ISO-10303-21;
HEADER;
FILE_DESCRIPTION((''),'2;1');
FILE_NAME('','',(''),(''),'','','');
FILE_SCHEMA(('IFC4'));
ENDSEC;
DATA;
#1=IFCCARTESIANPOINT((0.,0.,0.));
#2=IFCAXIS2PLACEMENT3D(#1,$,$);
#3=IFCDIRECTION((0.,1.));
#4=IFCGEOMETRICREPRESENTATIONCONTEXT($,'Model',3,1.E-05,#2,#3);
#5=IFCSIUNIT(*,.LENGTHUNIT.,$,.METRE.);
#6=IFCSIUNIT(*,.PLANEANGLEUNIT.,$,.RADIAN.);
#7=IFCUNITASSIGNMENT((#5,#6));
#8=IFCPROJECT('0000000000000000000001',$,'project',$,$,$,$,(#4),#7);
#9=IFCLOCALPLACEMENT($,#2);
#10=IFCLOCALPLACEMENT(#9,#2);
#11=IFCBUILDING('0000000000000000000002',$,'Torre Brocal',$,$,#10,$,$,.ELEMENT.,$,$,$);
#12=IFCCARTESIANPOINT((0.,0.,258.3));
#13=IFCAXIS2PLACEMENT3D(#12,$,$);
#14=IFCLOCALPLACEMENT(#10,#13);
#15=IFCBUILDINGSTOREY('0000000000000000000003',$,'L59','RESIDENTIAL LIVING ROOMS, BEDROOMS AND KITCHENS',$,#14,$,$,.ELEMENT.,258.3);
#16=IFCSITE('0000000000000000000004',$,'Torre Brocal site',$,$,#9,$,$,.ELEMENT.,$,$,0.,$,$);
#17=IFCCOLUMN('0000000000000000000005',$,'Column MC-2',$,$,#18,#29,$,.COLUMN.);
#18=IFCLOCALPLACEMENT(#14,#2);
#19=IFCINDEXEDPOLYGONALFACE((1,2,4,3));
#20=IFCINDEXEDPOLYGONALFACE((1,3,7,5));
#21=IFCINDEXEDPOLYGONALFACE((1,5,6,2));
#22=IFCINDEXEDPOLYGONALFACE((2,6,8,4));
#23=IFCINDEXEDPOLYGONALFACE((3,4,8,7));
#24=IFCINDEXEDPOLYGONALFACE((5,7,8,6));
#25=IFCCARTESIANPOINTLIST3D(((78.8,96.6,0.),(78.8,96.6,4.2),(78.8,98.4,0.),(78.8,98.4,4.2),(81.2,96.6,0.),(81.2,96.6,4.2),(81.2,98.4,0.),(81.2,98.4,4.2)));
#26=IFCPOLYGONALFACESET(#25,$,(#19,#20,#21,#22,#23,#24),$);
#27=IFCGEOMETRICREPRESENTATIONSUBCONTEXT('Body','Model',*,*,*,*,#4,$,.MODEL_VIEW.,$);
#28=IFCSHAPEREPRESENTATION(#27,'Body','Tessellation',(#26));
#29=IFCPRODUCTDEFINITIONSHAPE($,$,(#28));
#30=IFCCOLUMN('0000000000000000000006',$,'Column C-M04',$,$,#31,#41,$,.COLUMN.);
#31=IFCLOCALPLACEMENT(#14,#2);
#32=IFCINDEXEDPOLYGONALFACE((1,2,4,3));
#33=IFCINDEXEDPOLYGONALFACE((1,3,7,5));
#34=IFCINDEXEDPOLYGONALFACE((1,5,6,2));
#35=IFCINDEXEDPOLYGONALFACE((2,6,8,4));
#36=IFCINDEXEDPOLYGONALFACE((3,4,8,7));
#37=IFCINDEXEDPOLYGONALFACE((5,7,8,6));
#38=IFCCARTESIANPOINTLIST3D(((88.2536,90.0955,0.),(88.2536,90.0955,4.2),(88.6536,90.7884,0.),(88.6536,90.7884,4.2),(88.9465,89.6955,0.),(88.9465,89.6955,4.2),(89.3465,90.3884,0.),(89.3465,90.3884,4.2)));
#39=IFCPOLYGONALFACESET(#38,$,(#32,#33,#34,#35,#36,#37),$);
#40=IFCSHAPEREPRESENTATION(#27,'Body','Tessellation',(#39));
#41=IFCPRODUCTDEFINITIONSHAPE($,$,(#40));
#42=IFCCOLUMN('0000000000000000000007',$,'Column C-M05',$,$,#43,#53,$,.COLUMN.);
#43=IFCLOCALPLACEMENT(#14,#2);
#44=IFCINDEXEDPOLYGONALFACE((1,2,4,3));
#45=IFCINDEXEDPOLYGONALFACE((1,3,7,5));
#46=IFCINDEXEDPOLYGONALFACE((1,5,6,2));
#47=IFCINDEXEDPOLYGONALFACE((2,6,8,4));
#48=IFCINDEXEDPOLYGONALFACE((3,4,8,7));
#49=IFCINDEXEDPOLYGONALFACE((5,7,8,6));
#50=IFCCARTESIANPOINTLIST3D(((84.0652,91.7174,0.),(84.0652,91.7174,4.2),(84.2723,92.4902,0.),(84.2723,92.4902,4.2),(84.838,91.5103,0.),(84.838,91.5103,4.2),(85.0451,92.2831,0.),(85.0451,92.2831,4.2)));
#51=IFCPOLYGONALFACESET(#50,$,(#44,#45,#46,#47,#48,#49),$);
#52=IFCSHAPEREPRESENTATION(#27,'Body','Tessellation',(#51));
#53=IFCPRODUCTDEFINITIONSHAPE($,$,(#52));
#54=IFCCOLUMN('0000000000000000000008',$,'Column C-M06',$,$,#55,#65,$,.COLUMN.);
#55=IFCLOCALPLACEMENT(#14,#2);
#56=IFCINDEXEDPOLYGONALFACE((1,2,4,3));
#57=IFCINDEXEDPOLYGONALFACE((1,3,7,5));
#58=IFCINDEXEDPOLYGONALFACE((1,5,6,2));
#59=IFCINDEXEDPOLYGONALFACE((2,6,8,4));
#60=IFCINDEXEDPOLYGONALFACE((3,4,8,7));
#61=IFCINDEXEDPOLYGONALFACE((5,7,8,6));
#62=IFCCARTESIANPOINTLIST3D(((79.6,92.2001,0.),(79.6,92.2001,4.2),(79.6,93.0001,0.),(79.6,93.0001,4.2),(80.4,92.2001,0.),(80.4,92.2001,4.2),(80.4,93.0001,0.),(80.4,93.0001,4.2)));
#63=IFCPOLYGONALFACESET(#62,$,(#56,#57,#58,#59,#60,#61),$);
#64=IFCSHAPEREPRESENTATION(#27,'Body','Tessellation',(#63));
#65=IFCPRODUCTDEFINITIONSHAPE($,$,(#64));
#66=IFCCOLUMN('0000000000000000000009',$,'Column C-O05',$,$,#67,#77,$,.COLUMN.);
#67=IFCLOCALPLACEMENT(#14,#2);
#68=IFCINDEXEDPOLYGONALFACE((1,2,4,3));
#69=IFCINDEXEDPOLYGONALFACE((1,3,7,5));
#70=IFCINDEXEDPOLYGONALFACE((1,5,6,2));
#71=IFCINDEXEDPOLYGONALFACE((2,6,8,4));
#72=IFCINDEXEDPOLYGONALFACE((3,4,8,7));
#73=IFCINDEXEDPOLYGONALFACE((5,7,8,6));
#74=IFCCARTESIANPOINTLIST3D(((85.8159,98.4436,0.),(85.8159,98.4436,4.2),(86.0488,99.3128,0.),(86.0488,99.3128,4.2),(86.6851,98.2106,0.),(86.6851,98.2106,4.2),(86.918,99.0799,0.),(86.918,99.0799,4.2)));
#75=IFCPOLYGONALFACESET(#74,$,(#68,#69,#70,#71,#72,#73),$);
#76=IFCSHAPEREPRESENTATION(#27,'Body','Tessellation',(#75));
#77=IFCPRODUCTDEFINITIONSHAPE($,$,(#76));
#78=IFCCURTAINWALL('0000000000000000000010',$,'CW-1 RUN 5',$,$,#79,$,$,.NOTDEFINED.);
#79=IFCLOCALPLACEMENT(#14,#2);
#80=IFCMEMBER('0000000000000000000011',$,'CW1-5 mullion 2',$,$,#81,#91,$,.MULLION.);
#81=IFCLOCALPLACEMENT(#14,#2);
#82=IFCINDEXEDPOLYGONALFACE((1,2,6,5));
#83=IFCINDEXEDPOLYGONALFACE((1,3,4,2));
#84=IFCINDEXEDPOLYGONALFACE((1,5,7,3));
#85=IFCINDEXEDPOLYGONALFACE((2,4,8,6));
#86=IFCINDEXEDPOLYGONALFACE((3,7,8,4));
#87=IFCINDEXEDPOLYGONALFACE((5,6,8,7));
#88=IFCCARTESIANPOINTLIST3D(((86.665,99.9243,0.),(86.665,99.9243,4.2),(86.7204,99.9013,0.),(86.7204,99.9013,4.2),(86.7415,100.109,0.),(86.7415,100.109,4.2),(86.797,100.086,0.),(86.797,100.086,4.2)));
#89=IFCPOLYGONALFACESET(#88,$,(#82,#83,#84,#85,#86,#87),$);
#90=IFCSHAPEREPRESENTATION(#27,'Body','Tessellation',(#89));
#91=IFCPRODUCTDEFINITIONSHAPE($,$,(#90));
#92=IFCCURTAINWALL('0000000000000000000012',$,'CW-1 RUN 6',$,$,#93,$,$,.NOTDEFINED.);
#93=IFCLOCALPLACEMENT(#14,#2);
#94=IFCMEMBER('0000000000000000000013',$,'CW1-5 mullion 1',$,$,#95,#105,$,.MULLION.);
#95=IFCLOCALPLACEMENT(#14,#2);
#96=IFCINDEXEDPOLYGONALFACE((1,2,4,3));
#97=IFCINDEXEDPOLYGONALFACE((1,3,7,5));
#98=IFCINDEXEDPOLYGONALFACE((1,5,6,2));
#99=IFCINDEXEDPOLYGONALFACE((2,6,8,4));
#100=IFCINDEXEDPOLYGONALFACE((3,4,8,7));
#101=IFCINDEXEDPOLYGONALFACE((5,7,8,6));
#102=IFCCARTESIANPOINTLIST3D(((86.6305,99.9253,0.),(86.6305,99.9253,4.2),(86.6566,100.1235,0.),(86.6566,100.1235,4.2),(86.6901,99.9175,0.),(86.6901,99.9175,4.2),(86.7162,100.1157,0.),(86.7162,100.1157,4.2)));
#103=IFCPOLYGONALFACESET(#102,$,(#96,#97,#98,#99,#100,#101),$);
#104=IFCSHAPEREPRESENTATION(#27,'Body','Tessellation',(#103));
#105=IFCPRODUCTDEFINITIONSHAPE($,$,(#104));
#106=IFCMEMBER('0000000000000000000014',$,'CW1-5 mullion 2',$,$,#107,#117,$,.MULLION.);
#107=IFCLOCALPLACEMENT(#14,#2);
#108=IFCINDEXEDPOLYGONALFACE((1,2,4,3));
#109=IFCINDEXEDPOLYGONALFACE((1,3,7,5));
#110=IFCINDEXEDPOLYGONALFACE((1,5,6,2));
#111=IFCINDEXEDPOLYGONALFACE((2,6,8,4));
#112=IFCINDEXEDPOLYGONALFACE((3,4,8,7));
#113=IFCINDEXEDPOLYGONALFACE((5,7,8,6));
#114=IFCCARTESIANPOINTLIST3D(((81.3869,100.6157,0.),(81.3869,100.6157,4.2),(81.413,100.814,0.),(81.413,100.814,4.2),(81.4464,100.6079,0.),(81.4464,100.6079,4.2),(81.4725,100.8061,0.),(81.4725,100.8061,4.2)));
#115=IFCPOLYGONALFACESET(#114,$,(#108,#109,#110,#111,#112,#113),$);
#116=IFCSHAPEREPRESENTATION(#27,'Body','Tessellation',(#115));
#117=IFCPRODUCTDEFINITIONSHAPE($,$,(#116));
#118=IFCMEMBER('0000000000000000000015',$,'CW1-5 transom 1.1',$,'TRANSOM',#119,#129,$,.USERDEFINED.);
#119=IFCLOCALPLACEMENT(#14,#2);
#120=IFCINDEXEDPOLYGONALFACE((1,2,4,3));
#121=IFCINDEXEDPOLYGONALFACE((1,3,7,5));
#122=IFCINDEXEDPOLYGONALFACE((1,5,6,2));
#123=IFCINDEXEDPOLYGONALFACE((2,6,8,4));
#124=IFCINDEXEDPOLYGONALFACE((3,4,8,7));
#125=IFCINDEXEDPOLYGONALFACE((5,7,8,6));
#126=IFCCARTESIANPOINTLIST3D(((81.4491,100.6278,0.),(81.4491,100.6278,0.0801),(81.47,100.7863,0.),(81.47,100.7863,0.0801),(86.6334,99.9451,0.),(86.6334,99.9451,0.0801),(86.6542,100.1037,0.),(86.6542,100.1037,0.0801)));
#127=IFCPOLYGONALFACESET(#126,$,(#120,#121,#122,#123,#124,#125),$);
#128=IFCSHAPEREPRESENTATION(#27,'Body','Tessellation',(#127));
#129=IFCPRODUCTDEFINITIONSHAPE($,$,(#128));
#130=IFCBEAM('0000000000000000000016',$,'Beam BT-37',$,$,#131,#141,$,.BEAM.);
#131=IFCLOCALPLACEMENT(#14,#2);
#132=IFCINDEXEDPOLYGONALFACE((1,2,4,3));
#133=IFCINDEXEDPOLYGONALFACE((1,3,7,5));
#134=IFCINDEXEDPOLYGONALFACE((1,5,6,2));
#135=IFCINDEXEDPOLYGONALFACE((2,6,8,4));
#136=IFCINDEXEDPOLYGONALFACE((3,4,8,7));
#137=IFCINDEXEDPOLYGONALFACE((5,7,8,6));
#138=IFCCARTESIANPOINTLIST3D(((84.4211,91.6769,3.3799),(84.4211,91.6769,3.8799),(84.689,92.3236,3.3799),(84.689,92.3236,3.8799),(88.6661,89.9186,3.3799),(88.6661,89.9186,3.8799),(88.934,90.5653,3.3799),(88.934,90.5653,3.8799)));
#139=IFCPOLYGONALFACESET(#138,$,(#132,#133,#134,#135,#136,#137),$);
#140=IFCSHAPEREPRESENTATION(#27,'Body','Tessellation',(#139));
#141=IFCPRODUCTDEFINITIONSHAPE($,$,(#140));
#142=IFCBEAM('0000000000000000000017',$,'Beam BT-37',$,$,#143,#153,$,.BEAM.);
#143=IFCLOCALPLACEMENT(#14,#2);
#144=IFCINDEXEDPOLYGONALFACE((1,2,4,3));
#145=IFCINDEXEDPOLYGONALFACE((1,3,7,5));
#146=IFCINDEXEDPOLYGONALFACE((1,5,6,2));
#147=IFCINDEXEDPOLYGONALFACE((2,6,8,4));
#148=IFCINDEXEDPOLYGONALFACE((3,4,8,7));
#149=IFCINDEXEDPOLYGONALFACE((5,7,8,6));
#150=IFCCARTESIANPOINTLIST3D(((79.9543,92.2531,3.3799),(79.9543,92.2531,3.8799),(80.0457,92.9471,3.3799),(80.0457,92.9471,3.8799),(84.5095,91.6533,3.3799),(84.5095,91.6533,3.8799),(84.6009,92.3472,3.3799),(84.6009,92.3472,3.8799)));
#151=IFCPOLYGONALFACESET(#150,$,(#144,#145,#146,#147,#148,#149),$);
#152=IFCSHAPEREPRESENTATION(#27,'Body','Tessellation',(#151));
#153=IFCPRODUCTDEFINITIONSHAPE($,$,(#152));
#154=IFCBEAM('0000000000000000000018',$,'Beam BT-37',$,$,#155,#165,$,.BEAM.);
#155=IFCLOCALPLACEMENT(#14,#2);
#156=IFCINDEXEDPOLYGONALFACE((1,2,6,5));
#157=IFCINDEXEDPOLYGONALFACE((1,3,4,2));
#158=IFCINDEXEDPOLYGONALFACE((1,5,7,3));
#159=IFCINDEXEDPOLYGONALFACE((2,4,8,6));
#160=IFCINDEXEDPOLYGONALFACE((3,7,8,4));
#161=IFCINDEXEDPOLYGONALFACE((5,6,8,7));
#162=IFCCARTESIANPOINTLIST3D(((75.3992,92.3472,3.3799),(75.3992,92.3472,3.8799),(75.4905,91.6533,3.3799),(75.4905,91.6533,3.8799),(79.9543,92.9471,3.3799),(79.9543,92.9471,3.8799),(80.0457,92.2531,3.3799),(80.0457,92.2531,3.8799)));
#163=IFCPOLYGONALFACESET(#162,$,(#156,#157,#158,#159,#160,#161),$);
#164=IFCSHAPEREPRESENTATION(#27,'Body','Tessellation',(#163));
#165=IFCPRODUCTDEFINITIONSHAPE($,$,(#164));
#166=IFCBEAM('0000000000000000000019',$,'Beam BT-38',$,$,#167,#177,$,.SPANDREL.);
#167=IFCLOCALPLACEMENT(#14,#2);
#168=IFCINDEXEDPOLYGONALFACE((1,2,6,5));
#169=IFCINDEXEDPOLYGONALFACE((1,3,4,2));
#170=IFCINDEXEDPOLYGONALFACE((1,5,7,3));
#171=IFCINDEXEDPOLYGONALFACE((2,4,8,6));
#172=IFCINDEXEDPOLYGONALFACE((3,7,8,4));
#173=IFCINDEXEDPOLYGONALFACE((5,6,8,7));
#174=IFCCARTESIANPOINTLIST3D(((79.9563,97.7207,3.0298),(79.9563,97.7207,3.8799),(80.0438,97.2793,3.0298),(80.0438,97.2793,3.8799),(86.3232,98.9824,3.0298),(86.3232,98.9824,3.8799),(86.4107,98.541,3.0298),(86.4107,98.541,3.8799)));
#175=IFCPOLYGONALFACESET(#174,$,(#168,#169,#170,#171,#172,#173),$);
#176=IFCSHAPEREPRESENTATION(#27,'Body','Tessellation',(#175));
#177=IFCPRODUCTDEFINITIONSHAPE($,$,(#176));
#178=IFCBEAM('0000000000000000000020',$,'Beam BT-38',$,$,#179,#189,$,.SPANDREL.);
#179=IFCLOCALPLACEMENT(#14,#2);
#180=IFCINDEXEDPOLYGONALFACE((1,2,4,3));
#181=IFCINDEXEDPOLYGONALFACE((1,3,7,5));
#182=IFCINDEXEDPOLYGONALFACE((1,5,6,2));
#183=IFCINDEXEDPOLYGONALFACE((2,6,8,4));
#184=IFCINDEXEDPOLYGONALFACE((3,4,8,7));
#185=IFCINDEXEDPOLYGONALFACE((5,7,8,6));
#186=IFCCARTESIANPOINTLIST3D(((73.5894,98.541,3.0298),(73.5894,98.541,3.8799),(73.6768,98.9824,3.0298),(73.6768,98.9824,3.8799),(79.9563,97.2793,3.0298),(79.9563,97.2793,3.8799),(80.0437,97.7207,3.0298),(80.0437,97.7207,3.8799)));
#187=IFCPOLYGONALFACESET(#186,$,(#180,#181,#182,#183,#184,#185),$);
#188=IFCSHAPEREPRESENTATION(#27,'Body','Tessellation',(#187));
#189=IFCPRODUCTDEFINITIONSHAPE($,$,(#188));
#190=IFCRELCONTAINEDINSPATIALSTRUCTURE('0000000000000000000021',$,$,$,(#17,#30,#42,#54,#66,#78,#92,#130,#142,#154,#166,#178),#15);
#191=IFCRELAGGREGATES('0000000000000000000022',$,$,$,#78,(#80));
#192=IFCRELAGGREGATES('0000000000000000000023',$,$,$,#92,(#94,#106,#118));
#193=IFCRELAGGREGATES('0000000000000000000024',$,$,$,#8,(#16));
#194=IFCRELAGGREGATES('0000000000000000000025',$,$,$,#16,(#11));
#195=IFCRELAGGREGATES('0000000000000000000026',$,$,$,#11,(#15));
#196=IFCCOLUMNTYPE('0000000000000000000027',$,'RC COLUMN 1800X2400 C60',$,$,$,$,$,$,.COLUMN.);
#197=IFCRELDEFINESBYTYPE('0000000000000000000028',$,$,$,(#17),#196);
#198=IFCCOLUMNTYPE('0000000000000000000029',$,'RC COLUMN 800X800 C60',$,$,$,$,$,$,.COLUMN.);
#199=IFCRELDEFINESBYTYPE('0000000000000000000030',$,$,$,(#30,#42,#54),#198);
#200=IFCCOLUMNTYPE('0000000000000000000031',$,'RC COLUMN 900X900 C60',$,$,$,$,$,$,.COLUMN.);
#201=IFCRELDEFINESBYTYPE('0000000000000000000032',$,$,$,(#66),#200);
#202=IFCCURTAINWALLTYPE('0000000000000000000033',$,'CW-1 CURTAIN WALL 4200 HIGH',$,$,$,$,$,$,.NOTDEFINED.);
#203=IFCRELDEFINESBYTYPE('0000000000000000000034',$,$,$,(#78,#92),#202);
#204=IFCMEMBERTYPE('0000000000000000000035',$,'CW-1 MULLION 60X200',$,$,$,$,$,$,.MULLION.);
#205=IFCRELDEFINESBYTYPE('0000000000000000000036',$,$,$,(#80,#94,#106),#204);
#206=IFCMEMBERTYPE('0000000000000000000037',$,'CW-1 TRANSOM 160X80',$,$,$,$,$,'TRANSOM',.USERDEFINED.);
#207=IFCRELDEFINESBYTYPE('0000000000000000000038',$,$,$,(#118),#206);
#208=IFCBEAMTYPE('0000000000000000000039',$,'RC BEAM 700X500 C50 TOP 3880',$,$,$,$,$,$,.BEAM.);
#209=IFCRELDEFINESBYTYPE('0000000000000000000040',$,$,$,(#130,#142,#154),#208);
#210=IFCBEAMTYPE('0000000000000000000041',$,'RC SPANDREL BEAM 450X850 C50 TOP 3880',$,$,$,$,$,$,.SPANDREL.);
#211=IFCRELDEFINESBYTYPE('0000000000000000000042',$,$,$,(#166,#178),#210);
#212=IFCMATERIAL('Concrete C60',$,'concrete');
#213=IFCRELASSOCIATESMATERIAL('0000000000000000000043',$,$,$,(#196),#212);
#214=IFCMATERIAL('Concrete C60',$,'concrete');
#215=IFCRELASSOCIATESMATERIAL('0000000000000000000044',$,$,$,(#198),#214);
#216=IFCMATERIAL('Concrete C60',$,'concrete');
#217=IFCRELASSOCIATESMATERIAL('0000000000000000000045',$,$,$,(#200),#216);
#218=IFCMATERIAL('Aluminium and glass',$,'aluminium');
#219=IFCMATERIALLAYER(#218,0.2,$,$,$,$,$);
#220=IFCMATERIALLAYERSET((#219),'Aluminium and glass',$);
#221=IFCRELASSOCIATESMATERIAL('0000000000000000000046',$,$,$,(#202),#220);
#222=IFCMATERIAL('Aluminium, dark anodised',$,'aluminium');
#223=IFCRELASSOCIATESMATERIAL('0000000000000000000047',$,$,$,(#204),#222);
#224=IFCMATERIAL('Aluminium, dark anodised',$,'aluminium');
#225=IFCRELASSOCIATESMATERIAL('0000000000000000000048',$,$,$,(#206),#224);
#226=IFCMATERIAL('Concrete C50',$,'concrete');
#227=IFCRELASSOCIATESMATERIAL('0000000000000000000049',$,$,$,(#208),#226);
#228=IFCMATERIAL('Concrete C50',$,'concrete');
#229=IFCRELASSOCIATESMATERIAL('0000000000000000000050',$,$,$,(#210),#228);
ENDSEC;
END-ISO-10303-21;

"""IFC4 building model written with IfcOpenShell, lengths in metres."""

from ifc_helpers import new_model, si_unit, direction, frame, origin, origin_2d, place, context, subcontext, project, spatial, rectangle, extrude, material, layer, layer_set, material_profile, profile_set, type_object, element, aggregate, save


model = new_model("IFC4")

# Units and contexts
model_context = context("Model", 3, precision=1e-05, world=origin(), true_north=direction((0.0, 1.0)))
body_context = subcontext(model_context, "Body", "Model", "MODEL_VIEW")
ifc_project = project(units=[si_unit("LENGTHUNIT", "METRE"), si_unit("PLANEANGLEUNIT", "RADIAN")], contexts=[model_context])

# Site, building, storey
site_placement = place(None, origin())
site = spatial("IfcSite", under=ifc_project, at=site_placement, Name="Torre Brocal site", CompositionType="ELEMENT", RefElevation=0.0)
building_placement = place(site_placement, origin())
building = spatial("IfcBuilding", under=site, at=building_placement, Name="Torre Brocal", CompositionType="ELEMENT")
storey_placement = place(building_placement, frame((0.0, 0.0, 258.3)))
storey = spatial("IfcBuildingStorey", under=building, at=storey_placement, Name="L59", Description="RESIDENTIAL LIVING ROOMS, BEDROOMS AND KITCHENS", CompositionType="ELEMENT", Elevation=258.3)

# Columns
ifc_material_1 = material(Name="Concrete C60", Category="concrete")
ifc_material_profile_1 = material_profile(ifc_material_1, rectangle(XDim=1.8, YDim=2.3999, at=origin_2d()), Name="RC 1800X2400")
ifc_profile_set_1 = profile_set([ifc_material_profile_1], Name="Concrete C60")
column_type_1 = type_object("IfcColumnType", Name="RC COLUMN 1800X2400 C60", PredefinedType="COLUMN", material=ifc_profile_set_1)
column_1_placement = place(storey_placement, frame((80.0, 97.5, 0.0), z_axis=(0.0, 0.0, 1.0), x_axis=(0.0, 1.0, 0.0)))
element("IfcColumn", 1, at=column_1_placement, inside=storey, type_object=column_type_1, Name="Column MC-2", PredefinedType="COLUMN", context=body_context, shape_type="SweptSolid", body=[
    extrude(rectangle(XDim=1.8, YDim=2.3999, at=origin_2d()), origin(), (0.0, 0.0, 1.0), 4.2),
])
ifc_material_2 = material(Name="Concrete C60", Category="concrete")
ifc_material_profile_2 = material_profile(ifc_material_2, rectangle(XDim=0.8, YDim=0.8, at=origin_2d()), Name="RC 800X800")
ifc_profile_set_2 = profile_set([ifc_material_profile_2], Name="Concrete C60")
column_type_2 = type_object("IfcColumnType", Name="RC COLUMN 800X800 C60", PredefinedType="COLUMN", material=ifc_profile_set_2)
for number, where, z_axis, x_axis, name in (
    (2, (88.8, 90.2419, 0.0), (0.0, 0.0, 1.0), (0.5, 0.866025, 0.0), "Column C-M04"),
    (3, (84.5552, 92.0002, 0.0), (0.0, 0.0, 1.0), (0.258819, 0.965926, 0.0), "Column C-M05"),
    (4, (80.0, 92.6001, 0.0), (0.0, 0.0, 1.0), (0.0, 1.0, 0.0), "Column C-M06"),
):
    element("IfcColumn", number, at=place(storey_placement, frame(where, z_axis=z_axis, x_axis=x_axis)), inside=storey, type_object=column_type_2, Name=name, PredefinedType="COLUMN", context=body_context, shape_type="SweptSolid", body=[
        extrude(rectangle(XDim=0.8, YDim=0.8, at=origin_2d()), origin(), (0.0, 0.0, 1.0), 4.2),
    ])
ifc_material_3 = material(Name="Concrete C60", Category="concrete")
ifc_material_profile_3 = material_profile(ifc_material_3, rectangle(XDim=0.8999, YDim=0.8999, at=origin_2d()), Name="RC 900X900")
ifc_profile_set_3 = profile_set([ifc_material_profile_3], Name="Concrete C60")
column_type_3 = type_object("IfcColumnType", Name="RC COLUMN 900X900 C60", PredefinedType="COLUMN", material=ifc_profile_set_3)
column_2_placement = place(storey_placement, frame((86.3669, 98.7617, 0.0), z_axis=(0.0, 0.0, 1.0), x_axis=(0.258819, 0.965926, 0.0)))
element("IfcColumn", 5, at=column_2_placement, inside=storey, type_object=column_type_3, Name="Column C-O05", PredefinedType="COLUMN", context=body_context, shape_type="SweptSolid", body=[
    extrude(rectangle(XDim=0.8999, YDim=0.8999, at=origin_2d()), origin(), (0.0, 0.0, 1.0), 4.2),
])

# Curtain wall, member
ifc_material_4 = material(Name="Aluminium and glass", Category="aluminium")
ifc_layer_1 = layer(ifc_material_4, 0.2)
ifc_layer_set_1 = layer_set([ifc_layer_1], Name="Aluminium and glass")
curtain_wall_type = type_object("IfcCurtainWallType", Name="CW-1 CURTAIN WALL 4200 HIGH", PredefinedType="NOTDEFINED", material=ifc_layer_set_1)
curtain_wall_1_placement = place(storey_placement, origin())
curtain_wall_1 = element("IfcCurtainWall", 6, at=curtain_wall_1_placement, inside=storey, type_object=curtain_wall_type, Name="CW-1 RUN 5", PredefinedType="NOTDEFINED")
ifc_material_5 = material(Name="Aluminium, dark anodised", Category="aluminium")
ifc_material_profile_4 = material_profile(ifc_material_5, rectangle(XDim=0.2, YDim=0.0601, at=origin_2d()), Name="CW-1 MULLION 60X200")
ifc_profile_set_4 = profile_set([ifc_material_profile_4], Name="Aluminium, dark anodised")
member_type_1 = type_object("IfcMemberType", Name="CW-1 MULLION 60X200", PredefinedType="MULLION", material=ifc_profile_set_4)
member_1_placement = place(storey_placement, frame((86.731, 100.0051, 0.0), z_axis=(0.0, 0.0, 1.0), x_axis=(-0.382683, -0.92388, 0.0)))
member_1 = element("IfcMember", 7, at=member_1_placement, type_object=member_type_1, Name="CW1-5 mullion 2", PredefinedType="MULLION", context=body_context, shape_type="SweptSolid", body=[
    extrude(rectangle(XDim=0.2, YDim=0.0601, at=origin_2d()), origin(), (0.0, 0.0, 1.0), 4.2),
])

# Curtain wall, members
curtain_wall_2_placement = place(storey_placement, origin())
curtain_wall_2 = element("IfcCurtainWall", 8, at=curtain_wall_2_placement, inside=storey, type_object=curtain_wall_type, Name="CW-1 RUN 6", PredefinedType="NOTDEFINED")
member_2_placement = place(storey_placement, frame((86.6733, 100.0205, 0.0), z_axis=(0.0, 0.0, 1.0), x_axis=(-0.130526, -0.991445, 0.0)))
member_2 = element("IfcMember", 9, at=member_2_placement, type_object=member_type_1, Name="CW1-5 mullion 1", PredefinedType="MULLION", context=body_context, shape_type="SweptSolid", body=[
    extrude(rectangle(XDim=0.2, YDim=0.0601, at=origin_2d()), origin(), (0.0, 0.0, 1.0), 4.2),
])
member_3_placement = place(storey_placement, frame((81.4297, 100.7109, 0.0), z_axis=(0.0, 0.0, 1.0), x_axis=(-0.130526, -0.991445, 0.0)))
member_3 = element("IfcMember", 10, at=member_3_placement, type_object=member_type_1, Name="CW1-5 mullion 2", PredefinedType="MULLION", context=body_context, shape_type="SweptSolid", body=[
    extrude(rectangle(XDim=0.2, YDim=0.0601, at=origin_2d()), origin(), (0.0, 0.0, 1.0), 4.2),
])
ifc_material_6 = material(Name="Aluminium, dark anodised", Category="aluminium")
ifc_material_profile_5 = material_profile(ifc_material_6, rectangle(XDim=0.1599, YDim=0.0801, at=origin_2d()), Name="CW-1 TRANSOM 160X80")
ifc_profile_set_5 = profile_set([ifc_material_profile_5], Name="Aluminium, dark anodised")
member_type_2 = type_object("IfcMemberType", Name="CW-1 TRANSOM 160X80", ElementType="TRANSOM", PredefinedType="USERDEFINED", material=ifc_profile_set_5)
member_4_placement = place(storey_placement, frame((86.6438, 100.0244, 0.04), z_axis=(-0.991443, 0.130543, 0.0), x_axis=(-0.130543, -0.991443, 0.0)))
member_4 = element("IfcMember", 11, at=member_4_placement, type_object=member_type_2, Name="CW1-5 transom 1.1", ObjectType="TRANSOM", PredefinedType="USERDEFINED", context=body_context, shape_type="SweptSolid", body=[
    extrude(rectangle(XDim=0.1599, YDim=0.0801, at=origin_2d()), origin(), (0.0, 0.0, 1.0), 5.229),
])

# Beams
ifc_material_7 = material(Name="Concrete C50", Category="concrete")
ifc_material_profile_6 = material_profile(ifc_material_7, rectangle(XDim=0.7, YDim=0.5, at=origin_2d()), Name="RC 700X500")
ifc_profile_set_6 = profile_set([ifc_material_profile_6], Name="Concrete C50")
beam_type_1 = type_object("IfcBeamType", Name="RC BEAM 700X500 C50 TOP 3880", PredefinedType="BEAM", material=ifc_profile_set_6)
beam_placement = place(storey_placement, frame((88.8, 90.2419, 3.6299), z_axis=(-0.923878, 0.382687, 0.0), x_axis=(-0.382687, -0.923878, 0.0)))
element("IfcBeam", 12, at=beam_placement, inside=storey, type_object=beam_type_1, Name="Beam BT-37", PredefinedType="BEAM", context=body_context, shape_type="SweptSolid", body=[
    extrude(rectangle(XDim=0.7, YDim=0.5, at=origin_2d()), origin(), (0.0, 0.0, 1.0), 4.5947),
])
for number, where, z_axis, x_axis, name in (
    (13, (84.5552, 92.0002, 3.6299), (-0.991441, 0.130559, 0.0), (-0.130559, -0.991441, 0.0), "Beam BT-37"),
    (14, (80.0, 92.6001, 3.6299), (-0.991441, -0.130559, 0.0), (0.130559, -0.991441, 0.0), "Beam BT-37"),
):
    element("IfcBeam", number, at=place(storey_placement, frame(where, z_axis=z_axis, x_axis=x_axis)), inside=storey, type_object=beam_type_1, Name=name, PredefinedType="BEAM", context=body_context, shape_type="SweptSolid", body=[
        extrude(rectangle(XDim=0.7, YDim=0.5, at=origin_2d()), origin(), (0.0, 0.0, 1.0), 4.5945),
    ])
ifc_material_8 = material(Name="Concrete C50", Category="concrete")
ifc_material_profile_7 = material_profile(ifc_material_8, rectangle(XDim=0.45, YDim=0.8501, at=origin_2d()), Name="RC 450X850")
ifc_profile_set_7 = profile_set([ifc_material_profile_7], Name="Concrete C50")
beam_type_2 = type_object("IfcBeamType", Name="RC SPANDREL BEAM 450X850 C50 TOP 3880", PredefinedType="SPANDREL", material=ifc_profile_set_7)
for number, where, z_axis, x_axis, name in (
    (15, (86.3669, 98.7617, 3.4548), (-0.980925, -0.194387, 0.0), (0.194387, -0.980925, 0.0), "Beam BT-38"),
    (16, (80.0, 97.5, 3.4548), (-0.980925, 0.194387, 0.0), (-0.194387, -0.980925, 0.0), "Beam BT-38"),
):
    element("IfcBeam", number, at=place(storey_placement, frame(where, z_axis=z_axis, x_axis=x_axis)), inside=storey, type_object=beam_type_2, Name=name, PredefinedType="SPANDREL", context=body_context, shape_type="SweptSolid", body=[
        extrude(rectangle(XDim=0.45, YDim=0.8501, at=origin_2d()), origin(), (0.0, 0.0, 1.0), 6.4907),
    ])

aggregate(curtain_wall_1, [member_1])
aggregate(curtain_wall_2, [member_2, member_3, member_4])

save(model, "model.ifc")
